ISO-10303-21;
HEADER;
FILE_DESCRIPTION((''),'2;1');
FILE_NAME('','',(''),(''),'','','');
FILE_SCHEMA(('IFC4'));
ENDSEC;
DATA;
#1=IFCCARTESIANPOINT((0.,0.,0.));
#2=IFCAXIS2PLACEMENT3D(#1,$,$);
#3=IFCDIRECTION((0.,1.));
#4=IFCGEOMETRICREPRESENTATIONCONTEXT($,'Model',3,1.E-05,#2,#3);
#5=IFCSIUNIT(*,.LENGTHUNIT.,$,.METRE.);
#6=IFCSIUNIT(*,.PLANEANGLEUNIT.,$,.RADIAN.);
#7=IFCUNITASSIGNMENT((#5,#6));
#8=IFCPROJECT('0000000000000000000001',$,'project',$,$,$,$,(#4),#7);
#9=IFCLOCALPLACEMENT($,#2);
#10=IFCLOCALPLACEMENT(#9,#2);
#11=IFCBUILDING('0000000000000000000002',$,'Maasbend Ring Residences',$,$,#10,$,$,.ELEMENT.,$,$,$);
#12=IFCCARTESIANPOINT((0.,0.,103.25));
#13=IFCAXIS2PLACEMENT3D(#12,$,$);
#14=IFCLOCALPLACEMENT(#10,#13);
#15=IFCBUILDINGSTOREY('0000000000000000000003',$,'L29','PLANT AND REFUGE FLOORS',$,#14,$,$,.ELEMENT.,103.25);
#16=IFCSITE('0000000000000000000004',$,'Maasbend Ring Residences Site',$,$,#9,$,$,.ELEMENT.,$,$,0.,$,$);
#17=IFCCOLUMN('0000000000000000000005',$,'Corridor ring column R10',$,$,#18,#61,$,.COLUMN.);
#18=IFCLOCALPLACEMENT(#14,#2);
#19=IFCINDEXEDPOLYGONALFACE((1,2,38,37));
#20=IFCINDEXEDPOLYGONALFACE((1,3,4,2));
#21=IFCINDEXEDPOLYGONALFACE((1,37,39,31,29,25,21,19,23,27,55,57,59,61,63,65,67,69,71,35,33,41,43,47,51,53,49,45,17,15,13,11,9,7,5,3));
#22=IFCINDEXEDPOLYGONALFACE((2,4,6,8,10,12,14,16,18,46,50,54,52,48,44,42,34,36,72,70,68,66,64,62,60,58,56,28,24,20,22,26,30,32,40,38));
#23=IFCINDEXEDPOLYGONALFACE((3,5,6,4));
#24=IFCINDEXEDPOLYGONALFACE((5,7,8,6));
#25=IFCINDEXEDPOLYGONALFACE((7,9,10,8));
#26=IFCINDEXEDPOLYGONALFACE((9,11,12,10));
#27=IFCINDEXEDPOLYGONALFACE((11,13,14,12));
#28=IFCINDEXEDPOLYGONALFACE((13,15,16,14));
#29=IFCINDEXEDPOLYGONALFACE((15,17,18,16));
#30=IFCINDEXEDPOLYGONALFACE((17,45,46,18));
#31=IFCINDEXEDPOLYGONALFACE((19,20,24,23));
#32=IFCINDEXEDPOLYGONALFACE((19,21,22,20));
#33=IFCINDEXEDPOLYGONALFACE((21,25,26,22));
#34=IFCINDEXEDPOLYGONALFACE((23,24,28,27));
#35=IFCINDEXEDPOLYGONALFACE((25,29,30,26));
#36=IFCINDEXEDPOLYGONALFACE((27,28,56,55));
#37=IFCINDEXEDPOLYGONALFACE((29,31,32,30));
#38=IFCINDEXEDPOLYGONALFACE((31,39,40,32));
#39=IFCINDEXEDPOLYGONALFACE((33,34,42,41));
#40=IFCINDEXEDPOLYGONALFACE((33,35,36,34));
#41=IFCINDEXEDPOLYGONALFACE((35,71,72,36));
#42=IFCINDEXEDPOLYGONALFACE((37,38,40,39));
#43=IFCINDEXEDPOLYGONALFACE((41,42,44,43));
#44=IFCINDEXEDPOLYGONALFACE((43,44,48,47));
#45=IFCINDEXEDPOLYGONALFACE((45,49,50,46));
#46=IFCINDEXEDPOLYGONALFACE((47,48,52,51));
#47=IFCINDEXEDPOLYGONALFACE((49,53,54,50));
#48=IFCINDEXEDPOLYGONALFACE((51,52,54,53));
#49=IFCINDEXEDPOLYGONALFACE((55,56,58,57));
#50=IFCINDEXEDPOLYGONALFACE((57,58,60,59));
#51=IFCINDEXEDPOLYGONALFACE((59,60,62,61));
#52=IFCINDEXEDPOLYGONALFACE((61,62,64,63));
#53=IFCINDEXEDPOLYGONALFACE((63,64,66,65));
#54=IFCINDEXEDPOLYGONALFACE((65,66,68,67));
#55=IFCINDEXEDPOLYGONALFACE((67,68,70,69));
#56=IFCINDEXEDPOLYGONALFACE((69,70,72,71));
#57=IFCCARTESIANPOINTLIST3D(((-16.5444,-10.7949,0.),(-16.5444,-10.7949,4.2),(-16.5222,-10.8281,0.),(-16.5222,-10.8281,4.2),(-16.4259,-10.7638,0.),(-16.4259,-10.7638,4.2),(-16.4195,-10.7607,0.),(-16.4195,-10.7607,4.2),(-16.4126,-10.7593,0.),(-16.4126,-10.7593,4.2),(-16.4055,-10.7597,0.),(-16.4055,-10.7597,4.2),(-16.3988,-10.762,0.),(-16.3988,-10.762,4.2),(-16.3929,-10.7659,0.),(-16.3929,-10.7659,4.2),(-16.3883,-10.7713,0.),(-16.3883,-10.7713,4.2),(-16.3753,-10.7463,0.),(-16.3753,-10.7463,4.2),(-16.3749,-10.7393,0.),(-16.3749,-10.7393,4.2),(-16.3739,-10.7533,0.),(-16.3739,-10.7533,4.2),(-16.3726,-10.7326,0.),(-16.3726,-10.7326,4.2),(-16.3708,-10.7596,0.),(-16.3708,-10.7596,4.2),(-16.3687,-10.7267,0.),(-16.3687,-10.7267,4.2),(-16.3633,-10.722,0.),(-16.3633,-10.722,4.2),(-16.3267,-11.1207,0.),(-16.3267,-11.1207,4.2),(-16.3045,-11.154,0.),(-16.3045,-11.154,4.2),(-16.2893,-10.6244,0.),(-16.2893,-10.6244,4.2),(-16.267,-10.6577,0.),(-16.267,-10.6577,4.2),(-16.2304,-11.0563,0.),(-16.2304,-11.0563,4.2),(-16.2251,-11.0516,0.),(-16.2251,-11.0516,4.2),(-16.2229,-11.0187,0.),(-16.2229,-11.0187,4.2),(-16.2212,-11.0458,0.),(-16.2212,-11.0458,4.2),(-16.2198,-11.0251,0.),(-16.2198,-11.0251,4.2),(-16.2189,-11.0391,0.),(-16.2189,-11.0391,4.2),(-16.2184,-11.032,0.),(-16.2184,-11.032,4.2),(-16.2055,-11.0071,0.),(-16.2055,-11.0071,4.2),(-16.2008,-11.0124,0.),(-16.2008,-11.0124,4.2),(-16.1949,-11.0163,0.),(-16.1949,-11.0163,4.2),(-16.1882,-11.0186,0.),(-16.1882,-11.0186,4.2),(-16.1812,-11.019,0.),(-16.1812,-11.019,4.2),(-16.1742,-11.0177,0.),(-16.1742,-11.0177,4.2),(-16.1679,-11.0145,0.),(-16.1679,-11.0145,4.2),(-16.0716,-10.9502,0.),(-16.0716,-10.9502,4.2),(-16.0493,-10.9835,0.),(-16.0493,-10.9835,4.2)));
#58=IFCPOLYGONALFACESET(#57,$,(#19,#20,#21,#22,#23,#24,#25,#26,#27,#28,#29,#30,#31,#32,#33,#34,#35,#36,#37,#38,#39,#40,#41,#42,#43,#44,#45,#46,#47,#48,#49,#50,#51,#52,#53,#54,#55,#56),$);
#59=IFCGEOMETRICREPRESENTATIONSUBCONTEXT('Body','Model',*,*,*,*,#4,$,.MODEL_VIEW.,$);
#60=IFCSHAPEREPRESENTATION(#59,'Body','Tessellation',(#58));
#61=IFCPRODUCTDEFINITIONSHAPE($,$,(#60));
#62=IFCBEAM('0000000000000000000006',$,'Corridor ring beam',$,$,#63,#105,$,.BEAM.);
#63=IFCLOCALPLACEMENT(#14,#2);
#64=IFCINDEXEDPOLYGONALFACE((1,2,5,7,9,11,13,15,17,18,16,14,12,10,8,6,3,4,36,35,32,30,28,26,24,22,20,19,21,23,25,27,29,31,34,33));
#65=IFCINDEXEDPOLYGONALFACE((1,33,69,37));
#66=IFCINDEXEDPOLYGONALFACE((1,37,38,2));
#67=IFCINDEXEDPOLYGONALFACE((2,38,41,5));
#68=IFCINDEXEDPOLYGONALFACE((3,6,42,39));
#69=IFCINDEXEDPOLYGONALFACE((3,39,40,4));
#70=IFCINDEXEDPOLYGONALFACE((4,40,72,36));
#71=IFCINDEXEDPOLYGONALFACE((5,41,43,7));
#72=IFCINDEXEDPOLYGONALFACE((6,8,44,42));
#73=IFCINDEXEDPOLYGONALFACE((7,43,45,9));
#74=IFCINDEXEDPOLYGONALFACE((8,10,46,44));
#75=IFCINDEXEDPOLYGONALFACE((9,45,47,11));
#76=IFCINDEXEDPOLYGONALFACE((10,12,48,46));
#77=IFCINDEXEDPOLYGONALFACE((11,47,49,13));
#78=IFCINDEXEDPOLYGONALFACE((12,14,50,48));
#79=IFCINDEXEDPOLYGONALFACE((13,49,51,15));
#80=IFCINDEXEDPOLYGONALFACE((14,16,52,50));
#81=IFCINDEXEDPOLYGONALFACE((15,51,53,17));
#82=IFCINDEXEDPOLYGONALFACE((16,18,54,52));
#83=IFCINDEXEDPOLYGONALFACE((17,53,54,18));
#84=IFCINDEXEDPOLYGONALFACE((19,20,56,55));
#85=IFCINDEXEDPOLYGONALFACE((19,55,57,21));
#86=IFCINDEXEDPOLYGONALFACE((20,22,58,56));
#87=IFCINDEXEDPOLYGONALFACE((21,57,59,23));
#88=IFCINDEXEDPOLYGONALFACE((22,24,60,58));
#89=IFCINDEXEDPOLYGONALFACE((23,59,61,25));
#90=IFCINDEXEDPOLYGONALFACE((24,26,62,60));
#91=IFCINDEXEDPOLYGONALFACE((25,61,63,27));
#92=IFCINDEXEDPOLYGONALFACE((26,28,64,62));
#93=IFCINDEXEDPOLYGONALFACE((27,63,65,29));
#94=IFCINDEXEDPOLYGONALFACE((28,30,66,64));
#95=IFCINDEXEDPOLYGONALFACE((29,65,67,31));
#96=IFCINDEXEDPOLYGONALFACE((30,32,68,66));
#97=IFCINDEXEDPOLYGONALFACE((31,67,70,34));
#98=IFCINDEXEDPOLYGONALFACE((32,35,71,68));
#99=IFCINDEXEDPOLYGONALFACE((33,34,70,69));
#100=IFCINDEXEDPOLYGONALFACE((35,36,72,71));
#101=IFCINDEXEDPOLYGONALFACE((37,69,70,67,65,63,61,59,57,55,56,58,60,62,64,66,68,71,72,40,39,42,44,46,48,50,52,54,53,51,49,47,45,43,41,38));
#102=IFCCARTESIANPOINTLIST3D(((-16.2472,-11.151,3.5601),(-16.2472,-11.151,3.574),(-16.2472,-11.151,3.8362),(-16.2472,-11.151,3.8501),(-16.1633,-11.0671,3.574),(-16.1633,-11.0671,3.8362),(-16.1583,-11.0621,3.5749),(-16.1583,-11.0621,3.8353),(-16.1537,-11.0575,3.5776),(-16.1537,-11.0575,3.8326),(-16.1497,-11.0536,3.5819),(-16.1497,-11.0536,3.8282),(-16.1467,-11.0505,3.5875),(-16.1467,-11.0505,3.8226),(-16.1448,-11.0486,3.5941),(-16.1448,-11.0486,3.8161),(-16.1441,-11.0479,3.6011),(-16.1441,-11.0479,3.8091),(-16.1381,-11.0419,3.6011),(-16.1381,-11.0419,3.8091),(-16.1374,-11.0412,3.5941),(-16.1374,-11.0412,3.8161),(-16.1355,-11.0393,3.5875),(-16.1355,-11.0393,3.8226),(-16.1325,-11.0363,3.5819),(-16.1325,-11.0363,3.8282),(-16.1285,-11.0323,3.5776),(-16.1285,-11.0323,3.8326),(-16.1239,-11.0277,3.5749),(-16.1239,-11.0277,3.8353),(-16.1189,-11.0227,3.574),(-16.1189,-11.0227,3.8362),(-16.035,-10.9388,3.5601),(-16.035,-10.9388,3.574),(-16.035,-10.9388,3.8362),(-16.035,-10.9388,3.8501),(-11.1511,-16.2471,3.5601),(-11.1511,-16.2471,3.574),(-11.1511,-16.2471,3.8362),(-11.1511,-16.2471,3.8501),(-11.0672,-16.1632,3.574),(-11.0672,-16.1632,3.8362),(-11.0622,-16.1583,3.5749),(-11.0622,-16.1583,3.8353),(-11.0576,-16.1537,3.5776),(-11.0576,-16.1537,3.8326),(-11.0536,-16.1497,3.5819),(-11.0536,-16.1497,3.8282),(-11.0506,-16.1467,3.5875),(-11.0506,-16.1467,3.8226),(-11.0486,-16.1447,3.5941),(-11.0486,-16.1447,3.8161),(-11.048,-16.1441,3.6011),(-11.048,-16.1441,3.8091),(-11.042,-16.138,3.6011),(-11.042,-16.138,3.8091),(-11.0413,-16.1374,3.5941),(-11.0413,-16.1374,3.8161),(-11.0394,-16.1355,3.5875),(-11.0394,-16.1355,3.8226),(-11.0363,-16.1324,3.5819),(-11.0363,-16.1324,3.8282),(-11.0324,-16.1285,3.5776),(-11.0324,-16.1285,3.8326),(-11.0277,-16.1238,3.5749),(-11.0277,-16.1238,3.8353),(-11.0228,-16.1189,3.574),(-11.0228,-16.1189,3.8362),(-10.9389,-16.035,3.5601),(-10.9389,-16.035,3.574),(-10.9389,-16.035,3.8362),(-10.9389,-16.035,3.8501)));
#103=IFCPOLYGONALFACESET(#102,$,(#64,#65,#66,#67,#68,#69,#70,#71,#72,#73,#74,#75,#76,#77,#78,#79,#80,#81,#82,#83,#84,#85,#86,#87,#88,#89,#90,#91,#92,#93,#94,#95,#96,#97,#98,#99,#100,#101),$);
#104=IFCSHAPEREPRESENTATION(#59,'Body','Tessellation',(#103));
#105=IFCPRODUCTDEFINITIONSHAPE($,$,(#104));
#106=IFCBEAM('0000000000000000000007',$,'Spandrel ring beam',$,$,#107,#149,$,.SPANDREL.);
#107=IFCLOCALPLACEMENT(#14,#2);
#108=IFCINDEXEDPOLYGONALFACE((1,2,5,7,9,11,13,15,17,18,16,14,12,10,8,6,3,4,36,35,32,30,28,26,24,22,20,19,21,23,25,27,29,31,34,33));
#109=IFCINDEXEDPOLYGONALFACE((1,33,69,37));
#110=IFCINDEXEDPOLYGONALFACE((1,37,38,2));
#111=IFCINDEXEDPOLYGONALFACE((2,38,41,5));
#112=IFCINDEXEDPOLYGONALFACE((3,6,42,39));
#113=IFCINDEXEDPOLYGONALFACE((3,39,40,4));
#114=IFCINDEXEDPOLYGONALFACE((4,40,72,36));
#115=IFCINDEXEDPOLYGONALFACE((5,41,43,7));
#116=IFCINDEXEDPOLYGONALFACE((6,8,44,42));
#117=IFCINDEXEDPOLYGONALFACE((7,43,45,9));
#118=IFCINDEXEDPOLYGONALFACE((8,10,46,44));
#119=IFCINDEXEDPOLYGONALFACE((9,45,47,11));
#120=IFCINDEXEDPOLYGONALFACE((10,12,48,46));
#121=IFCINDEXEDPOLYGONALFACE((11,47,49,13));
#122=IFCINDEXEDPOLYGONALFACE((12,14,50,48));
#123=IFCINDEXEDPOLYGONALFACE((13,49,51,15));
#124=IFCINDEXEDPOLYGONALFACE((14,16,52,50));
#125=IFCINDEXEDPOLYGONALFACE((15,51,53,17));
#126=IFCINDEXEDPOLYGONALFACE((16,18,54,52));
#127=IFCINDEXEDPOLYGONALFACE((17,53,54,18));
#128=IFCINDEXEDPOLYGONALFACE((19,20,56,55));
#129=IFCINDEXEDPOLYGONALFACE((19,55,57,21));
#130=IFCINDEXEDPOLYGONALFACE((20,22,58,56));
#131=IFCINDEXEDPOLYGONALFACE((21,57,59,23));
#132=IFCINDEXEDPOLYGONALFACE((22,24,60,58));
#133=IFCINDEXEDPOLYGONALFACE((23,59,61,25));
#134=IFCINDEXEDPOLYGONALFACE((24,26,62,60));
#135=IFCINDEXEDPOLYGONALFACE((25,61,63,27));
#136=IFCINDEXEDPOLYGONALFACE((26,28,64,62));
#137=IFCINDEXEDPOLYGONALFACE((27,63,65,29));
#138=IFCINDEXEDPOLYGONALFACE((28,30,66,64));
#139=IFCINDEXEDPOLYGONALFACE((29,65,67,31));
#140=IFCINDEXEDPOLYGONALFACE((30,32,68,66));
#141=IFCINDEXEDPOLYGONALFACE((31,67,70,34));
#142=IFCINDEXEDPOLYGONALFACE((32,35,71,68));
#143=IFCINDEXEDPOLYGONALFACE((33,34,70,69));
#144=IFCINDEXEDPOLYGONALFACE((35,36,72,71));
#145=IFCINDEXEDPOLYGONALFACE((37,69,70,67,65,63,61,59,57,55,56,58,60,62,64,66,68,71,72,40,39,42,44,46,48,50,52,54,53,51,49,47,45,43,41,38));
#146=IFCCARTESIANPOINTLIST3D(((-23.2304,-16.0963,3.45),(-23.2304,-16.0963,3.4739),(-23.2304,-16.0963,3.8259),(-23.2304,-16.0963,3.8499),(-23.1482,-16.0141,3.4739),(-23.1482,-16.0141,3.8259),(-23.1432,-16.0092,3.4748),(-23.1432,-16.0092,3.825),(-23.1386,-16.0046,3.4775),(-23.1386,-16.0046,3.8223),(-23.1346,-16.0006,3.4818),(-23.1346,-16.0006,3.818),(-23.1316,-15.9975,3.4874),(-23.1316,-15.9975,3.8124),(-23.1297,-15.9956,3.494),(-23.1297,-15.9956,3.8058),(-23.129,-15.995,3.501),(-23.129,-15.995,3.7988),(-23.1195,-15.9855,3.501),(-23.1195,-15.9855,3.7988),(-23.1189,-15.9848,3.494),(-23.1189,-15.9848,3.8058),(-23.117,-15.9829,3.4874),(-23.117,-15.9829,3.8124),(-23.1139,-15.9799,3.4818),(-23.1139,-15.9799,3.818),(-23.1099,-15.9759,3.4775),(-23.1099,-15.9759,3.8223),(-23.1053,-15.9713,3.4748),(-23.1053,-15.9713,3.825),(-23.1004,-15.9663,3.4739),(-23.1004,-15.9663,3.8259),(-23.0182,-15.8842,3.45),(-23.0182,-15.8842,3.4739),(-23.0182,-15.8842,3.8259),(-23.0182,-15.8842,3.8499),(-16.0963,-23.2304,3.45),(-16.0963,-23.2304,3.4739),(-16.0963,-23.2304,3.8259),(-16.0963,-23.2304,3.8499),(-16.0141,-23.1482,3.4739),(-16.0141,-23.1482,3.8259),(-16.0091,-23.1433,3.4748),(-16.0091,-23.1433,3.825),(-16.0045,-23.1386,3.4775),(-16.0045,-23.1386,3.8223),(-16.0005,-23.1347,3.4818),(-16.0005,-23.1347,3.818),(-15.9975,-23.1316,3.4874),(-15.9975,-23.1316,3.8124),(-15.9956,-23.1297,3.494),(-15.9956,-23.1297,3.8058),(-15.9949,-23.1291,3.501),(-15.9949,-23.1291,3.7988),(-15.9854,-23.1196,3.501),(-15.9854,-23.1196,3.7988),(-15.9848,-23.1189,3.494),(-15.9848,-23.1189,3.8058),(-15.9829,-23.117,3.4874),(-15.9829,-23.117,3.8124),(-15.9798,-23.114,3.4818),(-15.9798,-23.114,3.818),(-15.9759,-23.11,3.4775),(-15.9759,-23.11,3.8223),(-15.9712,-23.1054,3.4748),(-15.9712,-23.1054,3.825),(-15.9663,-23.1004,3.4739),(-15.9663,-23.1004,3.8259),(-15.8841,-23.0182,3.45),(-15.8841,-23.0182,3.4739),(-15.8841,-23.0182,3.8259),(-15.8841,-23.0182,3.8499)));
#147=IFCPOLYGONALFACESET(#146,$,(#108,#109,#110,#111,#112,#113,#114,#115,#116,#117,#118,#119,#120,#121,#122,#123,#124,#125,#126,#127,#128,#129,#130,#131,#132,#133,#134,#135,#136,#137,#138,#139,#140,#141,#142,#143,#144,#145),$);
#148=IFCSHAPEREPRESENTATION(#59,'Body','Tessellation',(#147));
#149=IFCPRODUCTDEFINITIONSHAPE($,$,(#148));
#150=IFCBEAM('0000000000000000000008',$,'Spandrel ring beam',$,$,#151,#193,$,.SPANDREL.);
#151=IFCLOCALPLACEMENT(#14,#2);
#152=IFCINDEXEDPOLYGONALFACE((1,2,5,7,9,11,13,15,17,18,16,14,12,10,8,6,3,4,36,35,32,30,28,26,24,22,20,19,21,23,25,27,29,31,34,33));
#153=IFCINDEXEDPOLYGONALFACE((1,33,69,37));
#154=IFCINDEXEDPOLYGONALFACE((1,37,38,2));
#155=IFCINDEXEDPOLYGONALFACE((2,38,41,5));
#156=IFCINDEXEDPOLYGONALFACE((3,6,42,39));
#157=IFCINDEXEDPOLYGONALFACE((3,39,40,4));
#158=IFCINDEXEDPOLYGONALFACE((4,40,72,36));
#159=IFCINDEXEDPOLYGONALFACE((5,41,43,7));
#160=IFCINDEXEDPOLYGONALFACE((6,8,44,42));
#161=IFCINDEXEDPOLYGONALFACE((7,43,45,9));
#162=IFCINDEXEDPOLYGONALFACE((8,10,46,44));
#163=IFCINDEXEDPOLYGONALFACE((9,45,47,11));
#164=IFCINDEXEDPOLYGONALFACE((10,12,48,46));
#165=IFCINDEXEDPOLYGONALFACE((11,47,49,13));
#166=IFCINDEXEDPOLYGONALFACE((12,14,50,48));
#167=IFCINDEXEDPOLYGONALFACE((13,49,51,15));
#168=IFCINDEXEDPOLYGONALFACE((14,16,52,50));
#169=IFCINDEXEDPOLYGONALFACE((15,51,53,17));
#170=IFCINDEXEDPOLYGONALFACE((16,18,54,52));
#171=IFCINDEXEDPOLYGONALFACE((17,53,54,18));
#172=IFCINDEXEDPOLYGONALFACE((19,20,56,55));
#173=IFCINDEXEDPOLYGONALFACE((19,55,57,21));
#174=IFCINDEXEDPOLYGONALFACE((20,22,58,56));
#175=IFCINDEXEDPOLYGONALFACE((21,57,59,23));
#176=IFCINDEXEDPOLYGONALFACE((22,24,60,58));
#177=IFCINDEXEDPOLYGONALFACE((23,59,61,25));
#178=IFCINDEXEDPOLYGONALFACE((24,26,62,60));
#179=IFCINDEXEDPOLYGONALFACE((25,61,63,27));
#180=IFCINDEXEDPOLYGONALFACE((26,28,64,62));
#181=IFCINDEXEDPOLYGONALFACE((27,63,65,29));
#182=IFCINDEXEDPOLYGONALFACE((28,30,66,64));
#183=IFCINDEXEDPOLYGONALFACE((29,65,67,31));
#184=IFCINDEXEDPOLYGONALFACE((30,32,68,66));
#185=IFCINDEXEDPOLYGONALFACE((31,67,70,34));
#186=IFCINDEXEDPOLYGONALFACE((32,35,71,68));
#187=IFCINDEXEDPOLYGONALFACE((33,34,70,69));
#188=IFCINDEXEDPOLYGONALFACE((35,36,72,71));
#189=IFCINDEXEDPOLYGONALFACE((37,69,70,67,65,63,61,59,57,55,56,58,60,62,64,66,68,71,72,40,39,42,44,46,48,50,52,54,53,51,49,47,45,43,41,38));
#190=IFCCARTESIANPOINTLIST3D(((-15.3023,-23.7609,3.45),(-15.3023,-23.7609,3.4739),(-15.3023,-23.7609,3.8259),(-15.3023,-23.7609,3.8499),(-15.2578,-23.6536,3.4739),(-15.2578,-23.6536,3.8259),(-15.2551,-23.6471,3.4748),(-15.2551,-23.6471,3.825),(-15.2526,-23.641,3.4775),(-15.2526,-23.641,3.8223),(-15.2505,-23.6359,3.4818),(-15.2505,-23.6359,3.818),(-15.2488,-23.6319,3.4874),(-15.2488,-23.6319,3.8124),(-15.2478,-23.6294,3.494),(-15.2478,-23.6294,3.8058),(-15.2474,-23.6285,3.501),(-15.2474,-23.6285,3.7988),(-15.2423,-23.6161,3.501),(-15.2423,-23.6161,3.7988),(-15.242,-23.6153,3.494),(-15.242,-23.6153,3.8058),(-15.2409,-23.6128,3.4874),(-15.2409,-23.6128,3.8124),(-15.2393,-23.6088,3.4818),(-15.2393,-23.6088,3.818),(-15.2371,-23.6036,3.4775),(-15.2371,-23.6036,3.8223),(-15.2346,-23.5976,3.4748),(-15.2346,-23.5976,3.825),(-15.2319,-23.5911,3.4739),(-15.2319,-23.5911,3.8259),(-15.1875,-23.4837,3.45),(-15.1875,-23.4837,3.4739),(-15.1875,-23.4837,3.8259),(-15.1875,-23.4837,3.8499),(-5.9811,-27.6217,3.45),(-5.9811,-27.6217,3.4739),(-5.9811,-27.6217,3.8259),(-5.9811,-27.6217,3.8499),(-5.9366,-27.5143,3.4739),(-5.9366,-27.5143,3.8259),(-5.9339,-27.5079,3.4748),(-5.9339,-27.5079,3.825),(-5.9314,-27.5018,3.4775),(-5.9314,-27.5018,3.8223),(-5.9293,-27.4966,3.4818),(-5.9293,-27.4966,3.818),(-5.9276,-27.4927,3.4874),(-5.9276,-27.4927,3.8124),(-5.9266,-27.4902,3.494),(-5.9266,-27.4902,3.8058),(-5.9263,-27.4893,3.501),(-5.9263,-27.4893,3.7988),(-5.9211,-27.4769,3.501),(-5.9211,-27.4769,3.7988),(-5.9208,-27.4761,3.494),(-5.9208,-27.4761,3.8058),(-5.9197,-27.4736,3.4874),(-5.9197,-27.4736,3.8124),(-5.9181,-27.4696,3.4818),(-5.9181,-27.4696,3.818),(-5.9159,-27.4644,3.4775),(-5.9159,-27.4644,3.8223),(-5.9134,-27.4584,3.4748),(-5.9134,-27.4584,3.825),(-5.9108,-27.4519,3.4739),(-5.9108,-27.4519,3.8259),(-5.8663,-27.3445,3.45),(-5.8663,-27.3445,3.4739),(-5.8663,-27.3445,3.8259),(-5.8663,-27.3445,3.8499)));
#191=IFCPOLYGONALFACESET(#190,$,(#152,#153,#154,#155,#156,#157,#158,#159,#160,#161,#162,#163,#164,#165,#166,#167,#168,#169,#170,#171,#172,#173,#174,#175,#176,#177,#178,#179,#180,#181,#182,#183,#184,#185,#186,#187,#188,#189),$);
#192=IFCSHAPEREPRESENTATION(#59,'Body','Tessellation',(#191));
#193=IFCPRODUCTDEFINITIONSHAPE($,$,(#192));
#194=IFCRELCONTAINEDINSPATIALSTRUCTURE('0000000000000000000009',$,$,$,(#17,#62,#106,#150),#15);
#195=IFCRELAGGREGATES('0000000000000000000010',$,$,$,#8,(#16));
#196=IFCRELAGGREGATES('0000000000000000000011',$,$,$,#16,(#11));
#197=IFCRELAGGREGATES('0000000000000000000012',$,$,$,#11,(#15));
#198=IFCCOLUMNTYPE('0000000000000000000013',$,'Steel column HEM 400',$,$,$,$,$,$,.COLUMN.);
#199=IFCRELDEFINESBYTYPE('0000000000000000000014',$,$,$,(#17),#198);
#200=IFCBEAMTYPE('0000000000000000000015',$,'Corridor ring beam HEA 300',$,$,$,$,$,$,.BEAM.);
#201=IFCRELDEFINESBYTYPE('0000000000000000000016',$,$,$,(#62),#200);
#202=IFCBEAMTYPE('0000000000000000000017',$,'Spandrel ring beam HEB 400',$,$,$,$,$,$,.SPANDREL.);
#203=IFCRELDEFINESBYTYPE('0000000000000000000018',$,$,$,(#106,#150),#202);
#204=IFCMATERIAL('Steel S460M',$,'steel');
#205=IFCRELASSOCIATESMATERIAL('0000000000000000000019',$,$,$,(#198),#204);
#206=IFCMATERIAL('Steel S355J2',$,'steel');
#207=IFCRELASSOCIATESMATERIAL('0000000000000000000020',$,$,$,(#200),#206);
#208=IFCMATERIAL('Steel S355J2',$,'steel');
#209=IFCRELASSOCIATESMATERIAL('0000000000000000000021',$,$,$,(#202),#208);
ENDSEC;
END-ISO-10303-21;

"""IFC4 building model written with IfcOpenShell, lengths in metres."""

from ifc_helpers import new_model, si_unit, direction, frame, origin, origin_2d, place, context, subcontext, project, spatial, i_section, extrude, material, material_profile, profile_set, type_object, element, save


model = new_model("IFC4")

# Units and contexts
model_context = context("Model", 3, precision=1e-05, world=origin(), true_north=direction((0.0, 1.0)))
body_context = subcontext(model_context, "Body", "Model", "MODEL_VIEW")
ifc_project = project(units=[si_unit("LENGTHUNIT", "METRE"), si_unit("PLANEANGLEUNIT", "RADIAN")], contexts=[model_context])

# Site, building, storey
site_placement = place(None, origin())
site = spatial("IfcSite", under=ifc_project, at=site_placement, Name="Maasbend Ring Residences Site", CompositionType="ELEMENT", RefElevation=0.0)
building_placement = place(site_placement, origin())
building = spatial("IfcBuilding", under=site, at=building_placement, Name="Maasbend Ring Residences", CompositionType="ELEMENT")
storey_placement = place(building_placement, frame((0.0, 0.0, 103.25)))
storey = spatial("IfcBuildingStorey", under=building, at=storey_placement, Name="L29", Description="PLANT AND REFUGE FLOORS", CompositionType="ELEMENT", Elevation=103.25)

# Column
ifc_material_1 = material(Name="Steel S460M", Category="steel")
ifc_material_profile_1 = material_profile(ifc_material_1, i_section(OverallWidth=0.3069, OverallDepth=0.4319, WebThickness=0.021, FlangeThickness=0.04, FilletRadius=0.0271, at=origin_2d()), Name="HEM 400")
ifc_profile_set_1 = profile_set([ifc_material_profile_1], Name="Steel S460M")
column_type_1 = type_object("IfcColumnType", Name="Steel column HEM 400", PredefinedType="COLUMN", material=ifc_profile_set_1)
column_placement = place(storey_placement, frame((-16.2969, -10.8892, 0.0), z_axis=(0.0, 0.0, 1.0), x_axis=(-0.83147, -0.55557, 0.0)))
element("IfcColumn", 1, at=column_placement, inside=storey, type_object=column_type_1, Name="Corridor ring column R10", PredefinedType="COLUMN", context=body_context, shape_type="SweptSolid", body=[
    extrude(i_section(OverallWidth=0.3069, OverallDepth=0.4319, WebThickness=0.021, FlangeThickness=0.04, FilletRadius=0.0271, at=origin_2d()), origin(), (0.0, 0.0, 1.0), 4.2),
])

# Beams
ifc_material_2 = material(Name="Steel S355J2", Category="steel")
ifc_material_profile_2 = material_profile(ifc_material_2, i_section(OverallWidth=0.3, OverallDepth=0.29, WebThickness=0.0085, FlangeThickness=0.0139, FilletRadius=0.0271, at=origin_2d()), Name="HEA 300")
ifc_profile_set_2 = profile_set([ifc_material_profile_2], Name="Steel S355J2")
beam_type_1 = type_object("IfcBeamType", Name="Corridor ring beam HEA 300", PredefinedType="BEAM", material=ifc_profile_set_2)
beam_placement = place(storey_placement, frame((-16.1411, -11.0449, 3.7051), z_axis=(0.707107, -0.707107, 0.0), x_axis=(0.707107, 0.707107, 0.0)))
element("IfcBeam", 2, at=beam_placement, inside=storey, type_object=beam_type_1, Name="Corridor ring beam", PredefinedType="BEAM", context=body_context, shape_type="SweptSolid", body=[
    extrude(i_section(OverallWidth=0.3, OverallDepth=0.29, WebThickness=0.0085, FlangeThickness=0.0139, FilletRadius=0.0271, at=origin_2d()), origin(), (0.0, 0.0, 1.0), 7.207),
])
ifc_material_3 = material(Name="Steel S355J2", Category="steel")
ifc_material_profile_3 = material_profile(ifc_material_3, i_section(OverallWidth=0.3, OverallDepth=0.3999, WebThickness=0.0134, FlangeThickness=0.0239, FilletRadius=0.0271, at=origin_2d()), Name="HEB 400")
ifc_profile_set_3 = profile_set([ifc_material_profile_3], Name="Steel S355J2")
beam_type_2 = type_object("IfcBeamType", Name="Spandrel ring beam HEB 400", PredefinedType="SPANDREL", material=ifc_profile_set_3)
for number, where, z_axis, x_axis, name in (
    (3, (-23.1243, -15.9902, 3.6499), (0.707107, -0.707107, 0.0), (0.707107, 0.707107, 0.0), "Spandrel ring beam"),
    (4, (-15.2449, -23.6223, 3.6499), (0.923885, -0.38267, 0.0), (0.38267, 0.923885, 0.0), "Spandrel ring beam"),
):
    element("IfcBeam", number, at=place(storey_placement, frame(where, z_axis=z_axis, x_axis=x_axis)), inside=storey, type_object=beam_type_2, Name=name, PredefinedType="SPANDREL", context=body_context, shape_type="SweptSolid", body=[
        extrude(i_section(OverallWidth=0.3, OverallDepth=0.3999, WebThickness=0.0134, FlangeThickness=0.0239, FilletRadius=0.0271, at=origin_2d()), origin(), (0.0, 0.0, 1.0), 10.0891),
    ])

save(model, "model.ifc")
